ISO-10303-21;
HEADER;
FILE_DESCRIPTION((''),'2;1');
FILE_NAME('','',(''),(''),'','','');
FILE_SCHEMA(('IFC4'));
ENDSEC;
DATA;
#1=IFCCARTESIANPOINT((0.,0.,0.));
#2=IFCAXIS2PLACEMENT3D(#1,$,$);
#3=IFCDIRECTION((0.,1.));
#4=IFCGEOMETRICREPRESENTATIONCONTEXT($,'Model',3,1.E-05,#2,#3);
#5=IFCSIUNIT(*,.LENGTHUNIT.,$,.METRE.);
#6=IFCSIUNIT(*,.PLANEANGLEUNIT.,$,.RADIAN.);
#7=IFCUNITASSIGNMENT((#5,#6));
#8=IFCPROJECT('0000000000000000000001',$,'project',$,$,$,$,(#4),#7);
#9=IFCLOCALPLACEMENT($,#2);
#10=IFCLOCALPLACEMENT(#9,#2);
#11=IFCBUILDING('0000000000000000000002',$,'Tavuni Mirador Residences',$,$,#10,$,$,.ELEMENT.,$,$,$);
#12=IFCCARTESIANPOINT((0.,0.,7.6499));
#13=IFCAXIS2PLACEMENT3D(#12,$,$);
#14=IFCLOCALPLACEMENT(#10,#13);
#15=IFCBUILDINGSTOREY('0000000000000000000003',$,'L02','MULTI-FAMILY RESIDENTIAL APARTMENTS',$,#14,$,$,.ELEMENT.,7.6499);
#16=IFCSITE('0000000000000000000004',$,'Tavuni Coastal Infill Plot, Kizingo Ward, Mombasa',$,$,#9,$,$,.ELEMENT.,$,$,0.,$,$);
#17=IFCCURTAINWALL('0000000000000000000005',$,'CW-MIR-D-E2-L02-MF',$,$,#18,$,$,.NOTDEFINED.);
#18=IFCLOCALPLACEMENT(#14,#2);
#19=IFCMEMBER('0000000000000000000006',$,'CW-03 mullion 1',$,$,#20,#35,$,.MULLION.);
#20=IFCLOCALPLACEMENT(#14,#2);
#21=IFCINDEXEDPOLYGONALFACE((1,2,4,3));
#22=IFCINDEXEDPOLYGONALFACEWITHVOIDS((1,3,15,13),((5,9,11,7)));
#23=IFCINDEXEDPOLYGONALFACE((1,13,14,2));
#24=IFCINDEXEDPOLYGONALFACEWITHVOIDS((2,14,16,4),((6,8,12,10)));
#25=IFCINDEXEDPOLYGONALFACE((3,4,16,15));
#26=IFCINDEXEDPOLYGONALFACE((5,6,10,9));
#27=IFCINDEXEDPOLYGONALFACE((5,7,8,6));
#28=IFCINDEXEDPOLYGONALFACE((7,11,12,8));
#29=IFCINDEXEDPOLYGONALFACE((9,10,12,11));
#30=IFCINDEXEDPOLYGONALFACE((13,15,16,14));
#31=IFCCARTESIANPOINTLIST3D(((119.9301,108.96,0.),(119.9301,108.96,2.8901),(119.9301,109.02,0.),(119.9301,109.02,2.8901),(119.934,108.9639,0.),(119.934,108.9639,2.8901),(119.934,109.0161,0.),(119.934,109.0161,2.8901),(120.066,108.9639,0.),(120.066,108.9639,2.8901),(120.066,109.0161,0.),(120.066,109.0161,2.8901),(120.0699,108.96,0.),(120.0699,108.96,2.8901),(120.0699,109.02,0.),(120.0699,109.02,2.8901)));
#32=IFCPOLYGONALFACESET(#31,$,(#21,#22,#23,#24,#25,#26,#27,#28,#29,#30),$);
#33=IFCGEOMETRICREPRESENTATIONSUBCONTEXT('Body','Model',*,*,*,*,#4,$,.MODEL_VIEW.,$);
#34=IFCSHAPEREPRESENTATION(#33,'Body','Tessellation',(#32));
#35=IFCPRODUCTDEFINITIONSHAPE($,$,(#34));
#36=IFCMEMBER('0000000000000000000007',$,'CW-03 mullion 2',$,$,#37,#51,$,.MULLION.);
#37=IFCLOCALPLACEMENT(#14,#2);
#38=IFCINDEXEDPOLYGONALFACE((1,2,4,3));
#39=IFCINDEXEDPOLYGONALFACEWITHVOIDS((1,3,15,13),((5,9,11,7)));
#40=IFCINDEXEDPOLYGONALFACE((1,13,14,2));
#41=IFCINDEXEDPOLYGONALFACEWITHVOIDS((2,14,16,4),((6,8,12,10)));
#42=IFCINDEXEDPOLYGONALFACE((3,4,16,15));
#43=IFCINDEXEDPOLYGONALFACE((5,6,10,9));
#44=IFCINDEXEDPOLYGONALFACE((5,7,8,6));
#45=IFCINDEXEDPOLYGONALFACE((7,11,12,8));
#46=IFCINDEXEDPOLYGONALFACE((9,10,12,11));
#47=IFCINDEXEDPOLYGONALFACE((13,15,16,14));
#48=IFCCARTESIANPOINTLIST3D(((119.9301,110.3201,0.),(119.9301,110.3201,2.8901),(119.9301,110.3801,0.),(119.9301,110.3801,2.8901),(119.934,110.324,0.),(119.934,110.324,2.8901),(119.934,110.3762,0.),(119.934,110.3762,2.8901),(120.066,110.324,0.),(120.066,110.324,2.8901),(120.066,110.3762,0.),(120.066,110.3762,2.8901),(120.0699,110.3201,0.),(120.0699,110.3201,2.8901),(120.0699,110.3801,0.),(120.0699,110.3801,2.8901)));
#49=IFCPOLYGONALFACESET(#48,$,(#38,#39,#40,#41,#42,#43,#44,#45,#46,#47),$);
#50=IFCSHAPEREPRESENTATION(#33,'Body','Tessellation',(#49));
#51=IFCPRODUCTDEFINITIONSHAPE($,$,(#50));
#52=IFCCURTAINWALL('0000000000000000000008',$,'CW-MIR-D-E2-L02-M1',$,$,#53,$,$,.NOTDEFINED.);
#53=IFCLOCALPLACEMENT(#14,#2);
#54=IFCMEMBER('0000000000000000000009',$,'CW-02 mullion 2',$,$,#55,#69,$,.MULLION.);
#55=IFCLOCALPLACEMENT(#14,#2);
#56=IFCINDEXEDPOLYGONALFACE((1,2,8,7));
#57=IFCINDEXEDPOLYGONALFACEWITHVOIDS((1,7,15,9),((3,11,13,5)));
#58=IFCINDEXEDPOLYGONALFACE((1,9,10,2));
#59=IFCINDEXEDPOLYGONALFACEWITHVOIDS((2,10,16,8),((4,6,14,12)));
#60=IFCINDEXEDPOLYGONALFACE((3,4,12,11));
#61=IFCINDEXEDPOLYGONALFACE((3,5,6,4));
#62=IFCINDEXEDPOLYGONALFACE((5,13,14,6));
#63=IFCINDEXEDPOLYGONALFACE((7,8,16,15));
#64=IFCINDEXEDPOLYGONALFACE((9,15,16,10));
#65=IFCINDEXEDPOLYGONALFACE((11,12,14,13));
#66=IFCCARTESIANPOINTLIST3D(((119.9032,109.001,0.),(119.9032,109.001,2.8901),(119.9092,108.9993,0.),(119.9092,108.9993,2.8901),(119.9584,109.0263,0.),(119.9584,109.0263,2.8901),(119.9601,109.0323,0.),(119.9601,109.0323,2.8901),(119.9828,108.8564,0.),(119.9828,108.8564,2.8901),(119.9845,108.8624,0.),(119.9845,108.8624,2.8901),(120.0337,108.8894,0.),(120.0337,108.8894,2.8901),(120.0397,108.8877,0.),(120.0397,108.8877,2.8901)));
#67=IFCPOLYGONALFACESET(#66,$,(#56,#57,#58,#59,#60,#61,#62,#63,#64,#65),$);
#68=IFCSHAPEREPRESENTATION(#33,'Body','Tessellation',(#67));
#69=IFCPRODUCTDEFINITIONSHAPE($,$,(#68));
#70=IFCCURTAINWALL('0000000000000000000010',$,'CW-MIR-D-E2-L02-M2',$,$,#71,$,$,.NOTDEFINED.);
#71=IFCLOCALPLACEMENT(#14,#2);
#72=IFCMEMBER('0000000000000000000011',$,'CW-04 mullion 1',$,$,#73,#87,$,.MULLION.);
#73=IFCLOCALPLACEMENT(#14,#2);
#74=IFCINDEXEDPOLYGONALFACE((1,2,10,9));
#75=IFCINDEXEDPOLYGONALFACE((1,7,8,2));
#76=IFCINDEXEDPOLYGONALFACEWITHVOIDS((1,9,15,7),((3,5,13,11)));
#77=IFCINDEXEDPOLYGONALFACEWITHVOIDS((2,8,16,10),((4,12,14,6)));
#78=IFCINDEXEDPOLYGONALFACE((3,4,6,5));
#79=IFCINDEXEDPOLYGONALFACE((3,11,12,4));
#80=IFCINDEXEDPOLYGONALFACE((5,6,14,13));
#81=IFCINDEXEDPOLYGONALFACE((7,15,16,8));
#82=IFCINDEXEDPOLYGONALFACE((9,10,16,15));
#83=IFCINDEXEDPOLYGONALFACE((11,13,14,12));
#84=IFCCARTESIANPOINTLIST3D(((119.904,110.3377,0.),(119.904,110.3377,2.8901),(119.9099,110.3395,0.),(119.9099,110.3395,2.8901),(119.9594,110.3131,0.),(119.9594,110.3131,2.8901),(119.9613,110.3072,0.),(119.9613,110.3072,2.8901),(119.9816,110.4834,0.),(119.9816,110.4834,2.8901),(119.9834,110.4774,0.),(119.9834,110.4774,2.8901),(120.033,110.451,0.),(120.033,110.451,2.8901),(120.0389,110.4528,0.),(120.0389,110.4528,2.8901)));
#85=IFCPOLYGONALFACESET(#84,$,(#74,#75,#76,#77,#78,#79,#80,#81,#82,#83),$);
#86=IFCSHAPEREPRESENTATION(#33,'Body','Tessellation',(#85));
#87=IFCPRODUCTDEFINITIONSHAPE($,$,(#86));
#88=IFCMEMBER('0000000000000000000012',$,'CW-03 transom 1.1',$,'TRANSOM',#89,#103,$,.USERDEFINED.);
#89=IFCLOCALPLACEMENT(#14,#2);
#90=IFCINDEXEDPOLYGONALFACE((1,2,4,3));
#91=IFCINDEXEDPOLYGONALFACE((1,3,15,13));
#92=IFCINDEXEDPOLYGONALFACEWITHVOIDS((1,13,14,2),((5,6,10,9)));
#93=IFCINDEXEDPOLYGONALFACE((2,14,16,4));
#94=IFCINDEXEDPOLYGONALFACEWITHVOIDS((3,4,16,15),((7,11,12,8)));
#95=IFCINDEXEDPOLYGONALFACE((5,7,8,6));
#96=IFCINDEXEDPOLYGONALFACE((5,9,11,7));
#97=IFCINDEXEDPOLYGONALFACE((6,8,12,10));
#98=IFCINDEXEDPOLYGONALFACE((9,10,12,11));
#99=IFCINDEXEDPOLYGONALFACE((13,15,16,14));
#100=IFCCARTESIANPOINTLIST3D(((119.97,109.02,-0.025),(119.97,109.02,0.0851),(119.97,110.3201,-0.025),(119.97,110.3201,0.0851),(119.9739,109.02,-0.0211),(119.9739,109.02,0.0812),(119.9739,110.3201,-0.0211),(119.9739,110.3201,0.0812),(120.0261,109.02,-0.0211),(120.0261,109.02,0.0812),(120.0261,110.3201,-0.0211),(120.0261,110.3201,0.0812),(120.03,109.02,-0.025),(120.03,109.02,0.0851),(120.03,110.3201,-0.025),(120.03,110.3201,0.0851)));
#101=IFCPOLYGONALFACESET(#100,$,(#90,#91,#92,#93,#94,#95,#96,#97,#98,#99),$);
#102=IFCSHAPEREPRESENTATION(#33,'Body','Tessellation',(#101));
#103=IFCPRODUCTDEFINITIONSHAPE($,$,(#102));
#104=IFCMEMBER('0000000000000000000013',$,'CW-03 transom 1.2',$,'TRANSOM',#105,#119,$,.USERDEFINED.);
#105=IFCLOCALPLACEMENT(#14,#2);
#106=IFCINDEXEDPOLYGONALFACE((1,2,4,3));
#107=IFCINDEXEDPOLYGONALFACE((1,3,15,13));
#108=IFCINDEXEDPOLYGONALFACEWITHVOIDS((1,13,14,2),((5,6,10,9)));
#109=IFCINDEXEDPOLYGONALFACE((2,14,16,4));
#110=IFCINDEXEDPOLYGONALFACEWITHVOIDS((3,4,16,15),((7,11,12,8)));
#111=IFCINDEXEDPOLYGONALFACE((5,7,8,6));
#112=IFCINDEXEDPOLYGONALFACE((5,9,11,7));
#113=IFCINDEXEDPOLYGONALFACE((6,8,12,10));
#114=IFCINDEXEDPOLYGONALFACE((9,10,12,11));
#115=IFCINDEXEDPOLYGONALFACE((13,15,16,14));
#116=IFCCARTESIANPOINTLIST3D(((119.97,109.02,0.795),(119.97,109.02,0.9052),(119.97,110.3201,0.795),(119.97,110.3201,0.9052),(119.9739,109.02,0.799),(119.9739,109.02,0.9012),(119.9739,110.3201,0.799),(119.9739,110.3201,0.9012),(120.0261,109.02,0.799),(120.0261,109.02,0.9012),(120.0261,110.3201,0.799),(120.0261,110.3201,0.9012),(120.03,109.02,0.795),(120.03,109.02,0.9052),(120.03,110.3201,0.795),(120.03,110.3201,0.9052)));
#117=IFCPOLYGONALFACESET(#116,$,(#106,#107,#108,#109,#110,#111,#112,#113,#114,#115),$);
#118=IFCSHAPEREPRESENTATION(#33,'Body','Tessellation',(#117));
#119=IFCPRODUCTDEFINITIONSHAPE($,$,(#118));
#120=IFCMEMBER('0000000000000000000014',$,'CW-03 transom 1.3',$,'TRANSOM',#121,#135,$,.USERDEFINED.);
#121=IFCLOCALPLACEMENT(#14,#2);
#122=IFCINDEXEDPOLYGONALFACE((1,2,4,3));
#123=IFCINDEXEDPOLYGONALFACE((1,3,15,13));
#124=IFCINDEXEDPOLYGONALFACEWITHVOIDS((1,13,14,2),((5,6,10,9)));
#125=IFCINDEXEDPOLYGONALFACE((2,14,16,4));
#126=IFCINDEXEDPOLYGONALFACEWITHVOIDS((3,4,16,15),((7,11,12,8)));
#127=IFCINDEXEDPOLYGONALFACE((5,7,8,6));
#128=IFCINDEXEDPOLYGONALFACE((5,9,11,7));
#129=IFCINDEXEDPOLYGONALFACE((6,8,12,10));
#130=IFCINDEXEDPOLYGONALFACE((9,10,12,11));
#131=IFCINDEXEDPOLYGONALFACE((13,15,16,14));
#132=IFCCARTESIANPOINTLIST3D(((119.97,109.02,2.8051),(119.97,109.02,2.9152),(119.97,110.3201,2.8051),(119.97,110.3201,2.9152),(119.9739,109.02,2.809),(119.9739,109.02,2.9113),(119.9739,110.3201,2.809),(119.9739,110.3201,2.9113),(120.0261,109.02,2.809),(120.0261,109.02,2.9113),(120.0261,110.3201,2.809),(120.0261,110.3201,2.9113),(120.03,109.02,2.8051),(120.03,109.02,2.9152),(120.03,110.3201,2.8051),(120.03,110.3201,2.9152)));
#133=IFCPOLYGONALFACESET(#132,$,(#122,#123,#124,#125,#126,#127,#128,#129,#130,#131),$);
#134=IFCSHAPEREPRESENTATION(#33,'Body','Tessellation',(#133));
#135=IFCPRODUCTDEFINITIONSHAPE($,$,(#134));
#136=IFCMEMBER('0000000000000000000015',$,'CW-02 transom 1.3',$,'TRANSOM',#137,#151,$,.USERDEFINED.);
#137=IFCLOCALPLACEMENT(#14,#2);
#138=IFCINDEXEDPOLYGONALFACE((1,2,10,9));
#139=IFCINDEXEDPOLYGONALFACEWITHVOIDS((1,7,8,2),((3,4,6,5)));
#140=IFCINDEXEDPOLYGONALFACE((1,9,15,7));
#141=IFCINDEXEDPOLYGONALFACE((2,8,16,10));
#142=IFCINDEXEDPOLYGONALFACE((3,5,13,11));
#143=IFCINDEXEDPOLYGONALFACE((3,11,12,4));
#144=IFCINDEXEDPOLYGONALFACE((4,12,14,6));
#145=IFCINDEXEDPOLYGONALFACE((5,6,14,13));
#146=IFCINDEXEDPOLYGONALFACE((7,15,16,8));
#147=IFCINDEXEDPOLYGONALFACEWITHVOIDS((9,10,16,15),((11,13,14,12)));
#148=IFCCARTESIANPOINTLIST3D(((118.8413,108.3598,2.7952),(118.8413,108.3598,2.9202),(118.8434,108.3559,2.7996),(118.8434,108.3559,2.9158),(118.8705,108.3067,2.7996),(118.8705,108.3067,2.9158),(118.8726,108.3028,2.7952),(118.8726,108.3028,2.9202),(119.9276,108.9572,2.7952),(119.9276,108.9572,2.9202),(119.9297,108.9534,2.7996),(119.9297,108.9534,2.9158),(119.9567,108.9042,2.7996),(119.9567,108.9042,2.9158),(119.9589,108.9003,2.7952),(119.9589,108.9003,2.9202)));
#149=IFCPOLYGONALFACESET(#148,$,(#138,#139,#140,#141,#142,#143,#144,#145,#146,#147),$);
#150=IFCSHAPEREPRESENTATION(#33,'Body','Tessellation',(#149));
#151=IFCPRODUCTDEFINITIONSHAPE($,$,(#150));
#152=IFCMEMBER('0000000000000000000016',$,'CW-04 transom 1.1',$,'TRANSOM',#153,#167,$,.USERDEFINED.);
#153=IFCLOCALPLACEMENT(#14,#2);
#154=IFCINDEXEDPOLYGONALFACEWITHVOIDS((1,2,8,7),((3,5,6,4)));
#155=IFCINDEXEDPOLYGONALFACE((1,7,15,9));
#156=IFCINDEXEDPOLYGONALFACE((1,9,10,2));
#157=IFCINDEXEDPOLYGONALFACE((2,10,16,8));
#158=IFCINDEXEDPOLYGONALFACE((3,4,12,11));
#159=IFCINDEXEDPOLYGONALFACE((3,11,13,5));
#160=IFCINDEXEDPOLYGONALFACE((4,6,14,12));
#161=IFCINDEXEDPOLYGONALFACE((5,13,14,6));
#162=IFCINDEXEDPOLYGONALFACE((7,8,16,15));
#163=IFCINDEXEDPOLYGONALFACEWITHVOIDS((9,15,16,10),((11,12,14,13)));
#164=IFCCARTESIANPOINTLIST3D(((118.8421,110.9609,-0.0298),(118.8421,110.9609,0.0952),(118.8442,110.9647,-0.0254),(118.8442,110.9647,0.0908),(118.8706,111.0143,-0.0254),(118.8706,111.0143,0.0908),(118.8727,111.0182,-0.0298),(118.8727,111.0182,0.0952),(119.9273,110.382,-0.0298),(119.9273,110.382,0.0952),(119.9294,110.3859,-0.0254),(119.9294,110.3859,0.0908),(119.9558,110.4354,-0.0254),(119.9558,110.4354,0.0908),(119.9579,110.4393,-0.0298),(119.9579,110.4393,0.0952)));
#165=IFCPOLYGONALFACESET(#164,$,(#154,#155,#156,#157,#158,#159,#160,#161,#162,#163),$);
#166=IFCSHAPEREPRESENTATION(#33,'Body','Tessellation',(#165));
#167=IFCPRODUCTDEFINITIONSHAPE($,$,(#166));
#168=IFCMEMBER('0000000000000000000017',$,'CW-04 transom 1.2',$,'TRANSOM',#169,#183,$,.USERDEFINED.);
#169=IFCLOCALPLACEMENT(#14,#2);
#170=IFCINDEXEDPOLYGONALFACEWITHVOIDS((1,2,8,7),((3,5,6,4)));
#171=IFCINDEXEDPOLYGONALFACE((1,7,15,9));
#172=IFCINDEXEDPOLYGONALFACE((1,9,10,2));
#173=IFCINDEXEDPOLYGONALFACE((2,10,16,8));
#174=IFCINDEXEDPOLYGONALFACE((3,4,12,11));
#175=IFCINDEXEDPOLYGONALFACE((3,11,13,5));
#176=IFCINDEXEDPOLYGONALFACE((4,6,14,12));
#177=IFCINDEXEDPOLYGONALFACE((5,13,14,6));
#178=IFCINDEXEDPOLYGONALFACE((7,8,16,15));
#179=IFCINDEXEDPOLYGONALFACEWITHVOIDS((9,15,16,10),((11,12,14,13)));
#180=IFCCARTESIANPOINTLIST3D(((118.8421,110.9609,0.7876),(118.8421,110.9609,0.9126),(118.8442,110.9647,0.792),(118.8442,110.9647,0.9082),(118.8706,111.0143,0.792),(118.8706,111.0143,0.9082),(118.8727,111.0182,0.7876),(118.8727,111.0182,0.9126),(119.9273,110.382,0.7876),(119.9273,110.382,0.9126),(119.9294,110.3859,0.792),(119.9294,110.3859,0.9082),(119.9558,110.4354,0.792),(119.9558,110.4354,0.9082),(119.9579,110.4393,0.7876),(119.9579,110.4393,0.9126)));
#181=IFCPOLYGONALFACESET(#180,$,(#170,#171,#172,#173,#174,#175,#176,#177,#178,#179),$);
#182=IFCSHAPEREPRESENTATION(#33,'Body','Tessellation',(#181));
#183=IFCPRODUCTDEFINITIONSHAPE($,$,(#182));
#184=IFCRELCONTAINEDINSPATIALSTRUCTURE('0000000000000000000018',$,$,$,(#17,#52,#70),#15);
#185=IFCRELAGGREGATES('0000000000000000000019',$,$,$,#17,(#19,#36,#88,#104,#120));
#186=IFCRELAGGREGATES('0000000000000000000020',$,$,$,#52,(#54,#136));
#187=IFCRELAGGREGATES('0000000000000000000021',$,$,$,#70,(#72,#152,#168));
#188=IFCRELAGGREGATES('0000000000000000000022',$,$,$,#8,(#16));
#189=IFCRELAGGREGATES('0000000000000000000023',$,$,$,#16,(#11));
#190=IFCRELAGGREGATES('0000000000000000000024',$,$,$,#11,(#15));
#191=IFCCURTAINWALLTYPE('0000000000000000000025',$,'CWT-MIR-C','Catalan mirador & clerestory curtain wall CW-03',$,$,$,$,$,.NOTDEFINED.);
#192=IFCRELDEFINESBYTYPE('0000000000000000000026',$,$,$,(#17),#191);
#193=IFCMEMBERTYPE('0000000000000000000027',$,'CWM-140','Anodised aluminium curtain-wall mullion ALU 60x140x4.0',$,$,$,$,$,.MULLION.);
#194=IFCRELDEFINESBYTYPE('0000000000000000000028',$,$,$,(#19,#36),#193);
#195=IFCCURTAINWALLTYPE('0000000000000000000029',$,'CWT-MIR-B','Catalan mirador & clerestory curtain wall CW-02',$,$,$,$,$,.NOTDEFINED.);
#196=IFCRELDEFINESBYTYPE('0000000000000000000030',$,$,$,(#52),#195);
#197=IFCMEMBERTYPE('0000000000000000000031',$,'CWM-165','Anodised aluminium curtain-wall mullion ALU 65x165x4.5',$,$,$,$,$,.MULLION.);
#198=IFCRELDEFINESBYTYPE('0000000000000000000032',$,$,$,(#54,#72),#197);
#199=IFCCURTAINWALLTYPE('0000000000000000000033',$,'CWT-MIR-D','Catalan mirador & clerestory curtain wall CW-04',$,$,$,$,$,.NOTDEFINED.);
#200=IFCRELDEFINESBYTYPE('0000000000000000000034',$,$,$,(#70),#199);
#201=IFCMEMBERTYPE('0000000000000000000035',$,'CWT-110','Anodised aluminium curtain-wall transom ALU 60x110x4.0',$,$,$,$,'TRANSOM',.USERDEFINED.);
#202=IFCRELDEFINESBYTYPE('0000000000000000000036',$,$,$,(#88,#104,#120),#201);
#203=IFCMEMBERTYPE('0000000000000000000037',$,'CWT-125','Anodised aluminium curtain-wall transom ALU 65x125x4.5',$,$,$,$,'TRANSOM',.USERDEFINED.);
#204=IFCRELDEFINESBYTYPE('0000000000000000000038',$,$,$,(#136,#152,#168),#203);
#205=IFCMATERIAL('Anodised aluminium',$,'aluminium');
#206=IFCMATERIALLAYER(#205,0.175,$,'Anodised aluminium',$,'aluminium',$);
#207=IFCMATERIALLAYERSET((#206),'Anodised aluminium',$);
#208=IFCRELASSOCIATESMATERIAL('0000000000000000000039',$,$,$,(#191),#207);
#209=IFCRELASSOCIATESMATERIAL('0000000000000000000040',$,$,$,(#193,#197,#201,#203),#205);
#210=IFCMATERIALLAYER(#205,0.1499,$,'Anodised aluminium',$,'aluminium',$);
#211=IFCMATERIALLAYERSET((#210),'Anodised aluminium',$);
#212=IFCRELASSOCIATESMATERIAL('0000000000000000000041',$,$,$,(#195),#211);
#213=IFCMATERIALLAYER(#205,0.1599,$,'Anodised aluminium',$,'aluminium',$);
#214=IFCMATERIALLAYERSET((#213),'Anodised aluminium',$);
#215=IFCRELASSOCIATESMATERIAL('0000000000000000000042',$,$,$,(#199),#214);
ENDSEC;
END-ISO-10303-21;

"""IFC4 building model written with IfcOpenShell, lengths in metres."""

from ifc_helpers import new_model, si_unit, direction, frame, origin, origin_2d, place, context, subcontext, project, spatial, hollow_rectangle, extrude, material, layer, layer_set, material_profile, profile_set, type_object, element, aggregate, save


model = new_model("IFC4")

# Units and contexts
model_context = context("Model", 3, precision=1e-05, world=origin(), true_north=direction((0.0, 1.0)))
body_context = subcontext(model_context, "Body", "Model", "MODEL_VIEW")
ifc_project = project(units=[si_unit("LENGTHUNIT", "METRE"), si_unit("PLANEANGLEUNIT", "RADIAN")], contexts=[model_context])

# Site, building, storey
site_placement = place(None, origin())
site = spatial("IfcSite", under=ifc_project, at=site_placement, Name="Tavuni Coastal Infill Plot, Kizingo Ward, Mombasa", CompositionType="ELEMENT", RefElevation=0.0)
building_placement = place(site_placement, origin())
building = spatial("IfcBuilding", under=site, at=building_placement, Name="Tavuni Mirador Residences", CompositionType="ELEMENT")
storey_placement = place(building_placement, frame((0.0, 0.0, 7.6499)))
storey = spatial("IfcBuildingStorey", under=building, at=storey_placement, Name="L02", Description="MULTI-FAMILY RESIDENTIAL APARTMENTS", CompositionType="ELEMENT", Elevation=7.6499)

# Curtain wall, members
ifc_material_1 = material(Name="Anodised aluminium", Category="aluminium")
ifc_layer_1 = layer(ifc_material_1, 0.175, Name="Anodised aluminium", Category="aluminium")
ifc_layer_set_1 = layer_set([ifc_layer_1], Name="Anodised aluminium")
curtain_wall_type_1 = type_object("IfcCurtainWallType", Name="CWT-MIR-C", Description="Catalan mirador & clerestory curtain wall CW-03", PredefinedType="NOTDEFINED", material=ifc_layer_set_1)
curtain_wall_1_placement = place(storey_placement, origin())
curtain_wall_1 = element("IfcCurtainWall", 1, at=curtain_wall_1_placement, inside=storey, type_object=curtain_wall_type_1, Name="CW-MIR-D-E2-L02-MF", PredefinedType="NOTDEFINED")
ifc_material_profile_1 = material_profile(ifc_material_1, hollow_rectangle(XDim=0.0601, YDim=0.1399, WallThickness=0.0039, at=origin_2d()), Name="ALU 60x140x4.0", Category="aluminium")
ifc_profile_set_1 = profile_set([ifc_material_profile_1], Name="Anodised aluminium")
member_type_1 = type_object("IfcMemberType", Name="CWM-140", Description="Anodised aluminium curtain-wall mullion ALU 60x140x4.0", PredefinedType="MULLION", material=ifc_profile_set_1)
member_1_placement = place(storey_placement, frame((120.0, 108.99, 0.0), z_axis=(0.0, 0.0, 1.0), x_axis=(0.0, 1.0, 0.0)))
member_1 = element("IfcMember", 2, at=member_1_placement, type_object=member_type_1, Name="CW-03 mullion 1", PredefinedType="MULLION", context=body_context, shape_type="SweptSolid", body=[
    extrude(hollow_rectangle(XDim=0.0601, YDim=0.1399, WallThickness=0.0039, at=origin_2d()), origin(), (0.0, 0.0, 1.0), 2.8901),
])
member_2_placement = place(storey_placement, frame((120.0, 110.3501, 0.0), z_axis=(0.0, 0.0, 1.0), x_axis=(0.0, 1.0, 0.0)))
member_2 = element("IfcMember", 3, at=member_2_placement, type_object=member_type_1, Name="CW-03 mullion 2", PredefinedType="MULLION", context=body_context, shape_type="SweptSolid", body=[
    extrude(hollow_rectangle(XDim=0.0601, YDim=0.1399, WallThickness=0.0039, at=origin_2d()), origin(), (0.0, 0.0, 1.0), 2.8901),
])

# Curtain walls, members
ifc_layer_2 = layer(ifc_material_1, 0.1499, Name="Anodised aluminium", Category="aluminium")
ifc_layer_set_2 = layer_set([ifc_layer_2], Name="Anodised aluminium")
curtain_wall_type_2 = type_object("IfcCurtainWallType", Name="CWT-MIR-B", Description="Catalan mirador & clerestory curtain wall CW-02", PredefinedType="NOTDEFINED", material=ifc_layer_set_2)
curtain_wall_2_placement = place(storey_placement, origin())
curtain_wall_2 = element("IfcCurtainWall", 4, at=curtain_wall_2_placement, inside=storey, type_object=curtain_wall_type_2, Name="CW-MIR-D-E2-L02-M1", PredefinedType="NOTDEFINED")
ifc_material_profile_2 = material_profile(ifc_material_1, hollow_rectangle(XDim=0.0649, YDim=0.165, WallThickness=0.0044, at=origin_2d()), Name="ALU 65x165x4.5", Category="aluminium")
ifc_profile_set_2 = profile_set([ifc_material_profile_2], Name="Anodised aluminium")
member_type_2 = type_object("IfcMemberType", Name="CWM-165", Description="Anodised aluminium curtain-wall mullion ALU 65x165x4.5", PredefinedType="MULLION", material=ifc_profile_set_2)
member_3_placement = place(storey_placement, frame((119.9714, 108.9443, 0.0), z_axis=(0.0, 0.0, 1.0), x_axis=(0.876216, 0.481919, 0.0)))
member_3 = element("IfcMember", 5, at=member_3_placement, type_object=member_type_2, Name="CW-02 mullion 2", PredefinedType="MULLION", context=body_context, shape_type="SweptSolid", body=[
    extrude(hollow_rectangle(XDim=0.0649, YDim=0.165, WallThickness=0.0044, at=origin_2d()), origin(), (0.0, 0.0, 1.0), 2.8901),
])
ifc_layer_3 = layer(ifc_material_1, 0.1599, Name="Anodised aluminium", Category="aluminium")
ifc_layer_set_3 = layer_set([ifc_layer_3], Name="Anodised aluminium")
curtain_wall_type_3 = type_object("IfcCurtainWallType", Name="CWT-MIR-D", Description="Catalan mirador & clerestory curtain wall CW-04", PredefinedType="NOTDEFINED", material=ifc_layer_set_3)
curtain_wall_3_placement = place(storey_placement, origin())
curtain_wall_3 = element("IfcCurtainWall", 6, at=curtain_wall_3_placement, inside=storey, type_object=curtain_wall_type_3, Name="CW-MIR-D-E2-L02-M2", PredefinedType="NOTDEFINED")
member_4_placement = place(storey_placement, frame((119.9714, 110.3953, 0.0), z_axis=(0.0, 0.0, 1.0), x_axis=(-0.882353, 0.470588, 0.0)))
member_4 = element("IfcMember", 7, at=member_4_placement, type_object=member_type_2, Name="CW-04 mullion 1", PredefinedType="MULLION", context=body_context, shape_type="SweptSolid", body=[
    extrude(hollow_rectangle(XDim=0.0649, YDim=0.165, WallThickness=0.0044, at=origin_2d()), origin(), (0.0, 0.0, 1.0), 2.8901),
])

# Members
ifc_material_profile_3 = material_profile(ifc_material_1, hollow_rectangle(XDim=0.0601, YDim=0.1101, WallThickness=0.0039, at=origin_2d()), Name="ALU 60x110x4.0", Category="aluminium")
ifc_profile_set_3 = profile_set([ifc_material_profile_3], Name="Anodised aluminium")
member_type_3 = type_object("IfcMemberType", Name="CWT-110", Description="Anodised aluminium curtain-wall transom ALU 60x110x4.0", ElementType="TRANSOM", PredefinedType="USERDEFINED", material=ifc_profile_set_3)
member_5_placement = place(storey_placement, frame((120.0, 109.02, 0.03), z_axis=(0.0, 1.0, 0.0), x_axis=(-1.0, 0.0, 0.0)))
member_5 = element("IfcMember", 8, at=member_5_placement, type_object=member_type_3, Name="CW-03 transom 1.1", ObjectType="TRANSOM", PredefinedType="USERDEFINED", context=body_context, shape_type="SweptSolid", body=[
    extrude(hollow_rectangle(XDim=0.0601, YDim=0.1101, WallThickness=0.0039, at=origin_2d()), origin(), (0.0, 0.0, 1.0), 1.3),
])
member_6_placement = place(storey_placement, frame((120.0, 109.02, 0.8501), z_axis=(0.0, 1.0, 0.0), x_axis=(-1.0, 0.0, 0.0)))
member_6 = element("IfcMember", 9, at=member_6_placement, type_object=member_type_3, Name="CW-03 transom 1.2", ObjectType="TRANSOM", PredefinedType="USERDEFINED", context=body_context, shape_type="SweptSolid", body=[
    extrude(hollow_rectangle(XDim=0.0601, YDim=0.1101, WallThickness=0.0039, at=origin_2d()), origin(), (0.0, 0.0, 1.0), 1.3),
])
member_7_placement = place(storey_placement, frame((120.0, 109.02, 2.8601), z_axis=(0.0, 1.0, 0.0), x_axis=(-1.0, 0.0, 0.0)))
member_7 = element("IfcMember", 10, at=member_7_placement, type_object=member_type_3, Name="CW-03 transom 1.3", ObjectType="TRANSOM", PredefinedType="USERDEFINED", context=body_context, shape_type="SweptSolid", body=[
    extrude(hollow_rectangle(XDim=0.0601, YDim=0.1101, WallThickness=0.0039, at=origin_2d()), origin(), (0.0, 0.0, 1.0), 1.3),
])
ifc_material_profile_4 = material_profile(ifc_material_1, hollow_rectangle(XDim=0.0649, YDim=0.125, WallThickness=0.0044, at=origin_2d()), Name="ALU 65x125x4.5", Category="aluminium")
ifc_profile_set_4 = profile_set([ifc_material_profile_4], Name="Anodised aluminium")
member_type_4 = type_object("IfcMemberType", Name="CWT-125", Description="Anodised aluminium curtain-wall transom ALU 65x125x4.5", ElementType="TRANSOM", PredefinedType="USERDEFINED", material=ifc_profile_set_4)
member_8_placement = place(storey_placement, frame((118.8569, 108.3313, 2.8577), z_axis=(0.876212, 0.481926, 0.0), x_axis=(-0.481926, 0.876212, 0.0)))
member_8 = element("IfcMember", 11, at=member_8_placement, type_object=member_type_4, Name="CW-02 transom 1.3", ObjectType="TRANSOM", PredefinedType="USERDEFINED", context=body_context, shape_type="SweptSolid", body=[
    extrude(hollow_rectangle(XDim=0.0649, YDim=0.125, WallThickness=0.0044, at=origin_2d()), origin(), (0.0, 0.0, 1.0), 1.2397),
])
member_9_placement = place(storey_placement, frame((119.9426, 110.4106, 0.0327), z_axis=(-0.882325, 0.47064, 0.0), x_axis=(-0.47064, -0.882325, 0.0)))
member_9 = element("IfcMember", 12, at=member_9_placement, type_object=member_type_4, Name="CW-04 transom 1.1", ObjectType="TRANSOM", PredefinedType="USERDEFINED", context=body_context, shape_type="SweptSolid", body=[
    extrude(hollow_rectangle(XDim=0.0649, YDim=0.125, WallThickness=0.0044, at=origin_2d()), origin(), (0.0, 0.0, 1.0), 1.23),
])
member_10_placement = place(storey_placement, frame((119.9426, 110.4106, 0.8501), z_axis=(-0.882325, 0.47064, 0.0), x_axis=(-0.47064, -0.882325, 0.0)))
member_10 = element("IfcMember", 13, at=member_10_placement, type_object=member_type_4, Name="CW-04 transom 1.2", ObjectType="TRANSOM", PredefinedType="USERDEFINED", context=body_context, shape_type="SweptSolid", body=[
    extrude(hollow_rectangle(XDim=0.0649, YDim=0.125, WallThickness=0.0044, at=origin_2d()), origin(), (0.0, 0.0, 1.0), 1.23),
])

aggregate(curtain_wall_1, [member_1, member_2, member_5, member_6, member_7])
aggregate(curtain_wall_2, [member_3, member_8])
aggregate(curtain_wall_3, [member_4, member_9, member_10])

save(model, "model.ifc")
